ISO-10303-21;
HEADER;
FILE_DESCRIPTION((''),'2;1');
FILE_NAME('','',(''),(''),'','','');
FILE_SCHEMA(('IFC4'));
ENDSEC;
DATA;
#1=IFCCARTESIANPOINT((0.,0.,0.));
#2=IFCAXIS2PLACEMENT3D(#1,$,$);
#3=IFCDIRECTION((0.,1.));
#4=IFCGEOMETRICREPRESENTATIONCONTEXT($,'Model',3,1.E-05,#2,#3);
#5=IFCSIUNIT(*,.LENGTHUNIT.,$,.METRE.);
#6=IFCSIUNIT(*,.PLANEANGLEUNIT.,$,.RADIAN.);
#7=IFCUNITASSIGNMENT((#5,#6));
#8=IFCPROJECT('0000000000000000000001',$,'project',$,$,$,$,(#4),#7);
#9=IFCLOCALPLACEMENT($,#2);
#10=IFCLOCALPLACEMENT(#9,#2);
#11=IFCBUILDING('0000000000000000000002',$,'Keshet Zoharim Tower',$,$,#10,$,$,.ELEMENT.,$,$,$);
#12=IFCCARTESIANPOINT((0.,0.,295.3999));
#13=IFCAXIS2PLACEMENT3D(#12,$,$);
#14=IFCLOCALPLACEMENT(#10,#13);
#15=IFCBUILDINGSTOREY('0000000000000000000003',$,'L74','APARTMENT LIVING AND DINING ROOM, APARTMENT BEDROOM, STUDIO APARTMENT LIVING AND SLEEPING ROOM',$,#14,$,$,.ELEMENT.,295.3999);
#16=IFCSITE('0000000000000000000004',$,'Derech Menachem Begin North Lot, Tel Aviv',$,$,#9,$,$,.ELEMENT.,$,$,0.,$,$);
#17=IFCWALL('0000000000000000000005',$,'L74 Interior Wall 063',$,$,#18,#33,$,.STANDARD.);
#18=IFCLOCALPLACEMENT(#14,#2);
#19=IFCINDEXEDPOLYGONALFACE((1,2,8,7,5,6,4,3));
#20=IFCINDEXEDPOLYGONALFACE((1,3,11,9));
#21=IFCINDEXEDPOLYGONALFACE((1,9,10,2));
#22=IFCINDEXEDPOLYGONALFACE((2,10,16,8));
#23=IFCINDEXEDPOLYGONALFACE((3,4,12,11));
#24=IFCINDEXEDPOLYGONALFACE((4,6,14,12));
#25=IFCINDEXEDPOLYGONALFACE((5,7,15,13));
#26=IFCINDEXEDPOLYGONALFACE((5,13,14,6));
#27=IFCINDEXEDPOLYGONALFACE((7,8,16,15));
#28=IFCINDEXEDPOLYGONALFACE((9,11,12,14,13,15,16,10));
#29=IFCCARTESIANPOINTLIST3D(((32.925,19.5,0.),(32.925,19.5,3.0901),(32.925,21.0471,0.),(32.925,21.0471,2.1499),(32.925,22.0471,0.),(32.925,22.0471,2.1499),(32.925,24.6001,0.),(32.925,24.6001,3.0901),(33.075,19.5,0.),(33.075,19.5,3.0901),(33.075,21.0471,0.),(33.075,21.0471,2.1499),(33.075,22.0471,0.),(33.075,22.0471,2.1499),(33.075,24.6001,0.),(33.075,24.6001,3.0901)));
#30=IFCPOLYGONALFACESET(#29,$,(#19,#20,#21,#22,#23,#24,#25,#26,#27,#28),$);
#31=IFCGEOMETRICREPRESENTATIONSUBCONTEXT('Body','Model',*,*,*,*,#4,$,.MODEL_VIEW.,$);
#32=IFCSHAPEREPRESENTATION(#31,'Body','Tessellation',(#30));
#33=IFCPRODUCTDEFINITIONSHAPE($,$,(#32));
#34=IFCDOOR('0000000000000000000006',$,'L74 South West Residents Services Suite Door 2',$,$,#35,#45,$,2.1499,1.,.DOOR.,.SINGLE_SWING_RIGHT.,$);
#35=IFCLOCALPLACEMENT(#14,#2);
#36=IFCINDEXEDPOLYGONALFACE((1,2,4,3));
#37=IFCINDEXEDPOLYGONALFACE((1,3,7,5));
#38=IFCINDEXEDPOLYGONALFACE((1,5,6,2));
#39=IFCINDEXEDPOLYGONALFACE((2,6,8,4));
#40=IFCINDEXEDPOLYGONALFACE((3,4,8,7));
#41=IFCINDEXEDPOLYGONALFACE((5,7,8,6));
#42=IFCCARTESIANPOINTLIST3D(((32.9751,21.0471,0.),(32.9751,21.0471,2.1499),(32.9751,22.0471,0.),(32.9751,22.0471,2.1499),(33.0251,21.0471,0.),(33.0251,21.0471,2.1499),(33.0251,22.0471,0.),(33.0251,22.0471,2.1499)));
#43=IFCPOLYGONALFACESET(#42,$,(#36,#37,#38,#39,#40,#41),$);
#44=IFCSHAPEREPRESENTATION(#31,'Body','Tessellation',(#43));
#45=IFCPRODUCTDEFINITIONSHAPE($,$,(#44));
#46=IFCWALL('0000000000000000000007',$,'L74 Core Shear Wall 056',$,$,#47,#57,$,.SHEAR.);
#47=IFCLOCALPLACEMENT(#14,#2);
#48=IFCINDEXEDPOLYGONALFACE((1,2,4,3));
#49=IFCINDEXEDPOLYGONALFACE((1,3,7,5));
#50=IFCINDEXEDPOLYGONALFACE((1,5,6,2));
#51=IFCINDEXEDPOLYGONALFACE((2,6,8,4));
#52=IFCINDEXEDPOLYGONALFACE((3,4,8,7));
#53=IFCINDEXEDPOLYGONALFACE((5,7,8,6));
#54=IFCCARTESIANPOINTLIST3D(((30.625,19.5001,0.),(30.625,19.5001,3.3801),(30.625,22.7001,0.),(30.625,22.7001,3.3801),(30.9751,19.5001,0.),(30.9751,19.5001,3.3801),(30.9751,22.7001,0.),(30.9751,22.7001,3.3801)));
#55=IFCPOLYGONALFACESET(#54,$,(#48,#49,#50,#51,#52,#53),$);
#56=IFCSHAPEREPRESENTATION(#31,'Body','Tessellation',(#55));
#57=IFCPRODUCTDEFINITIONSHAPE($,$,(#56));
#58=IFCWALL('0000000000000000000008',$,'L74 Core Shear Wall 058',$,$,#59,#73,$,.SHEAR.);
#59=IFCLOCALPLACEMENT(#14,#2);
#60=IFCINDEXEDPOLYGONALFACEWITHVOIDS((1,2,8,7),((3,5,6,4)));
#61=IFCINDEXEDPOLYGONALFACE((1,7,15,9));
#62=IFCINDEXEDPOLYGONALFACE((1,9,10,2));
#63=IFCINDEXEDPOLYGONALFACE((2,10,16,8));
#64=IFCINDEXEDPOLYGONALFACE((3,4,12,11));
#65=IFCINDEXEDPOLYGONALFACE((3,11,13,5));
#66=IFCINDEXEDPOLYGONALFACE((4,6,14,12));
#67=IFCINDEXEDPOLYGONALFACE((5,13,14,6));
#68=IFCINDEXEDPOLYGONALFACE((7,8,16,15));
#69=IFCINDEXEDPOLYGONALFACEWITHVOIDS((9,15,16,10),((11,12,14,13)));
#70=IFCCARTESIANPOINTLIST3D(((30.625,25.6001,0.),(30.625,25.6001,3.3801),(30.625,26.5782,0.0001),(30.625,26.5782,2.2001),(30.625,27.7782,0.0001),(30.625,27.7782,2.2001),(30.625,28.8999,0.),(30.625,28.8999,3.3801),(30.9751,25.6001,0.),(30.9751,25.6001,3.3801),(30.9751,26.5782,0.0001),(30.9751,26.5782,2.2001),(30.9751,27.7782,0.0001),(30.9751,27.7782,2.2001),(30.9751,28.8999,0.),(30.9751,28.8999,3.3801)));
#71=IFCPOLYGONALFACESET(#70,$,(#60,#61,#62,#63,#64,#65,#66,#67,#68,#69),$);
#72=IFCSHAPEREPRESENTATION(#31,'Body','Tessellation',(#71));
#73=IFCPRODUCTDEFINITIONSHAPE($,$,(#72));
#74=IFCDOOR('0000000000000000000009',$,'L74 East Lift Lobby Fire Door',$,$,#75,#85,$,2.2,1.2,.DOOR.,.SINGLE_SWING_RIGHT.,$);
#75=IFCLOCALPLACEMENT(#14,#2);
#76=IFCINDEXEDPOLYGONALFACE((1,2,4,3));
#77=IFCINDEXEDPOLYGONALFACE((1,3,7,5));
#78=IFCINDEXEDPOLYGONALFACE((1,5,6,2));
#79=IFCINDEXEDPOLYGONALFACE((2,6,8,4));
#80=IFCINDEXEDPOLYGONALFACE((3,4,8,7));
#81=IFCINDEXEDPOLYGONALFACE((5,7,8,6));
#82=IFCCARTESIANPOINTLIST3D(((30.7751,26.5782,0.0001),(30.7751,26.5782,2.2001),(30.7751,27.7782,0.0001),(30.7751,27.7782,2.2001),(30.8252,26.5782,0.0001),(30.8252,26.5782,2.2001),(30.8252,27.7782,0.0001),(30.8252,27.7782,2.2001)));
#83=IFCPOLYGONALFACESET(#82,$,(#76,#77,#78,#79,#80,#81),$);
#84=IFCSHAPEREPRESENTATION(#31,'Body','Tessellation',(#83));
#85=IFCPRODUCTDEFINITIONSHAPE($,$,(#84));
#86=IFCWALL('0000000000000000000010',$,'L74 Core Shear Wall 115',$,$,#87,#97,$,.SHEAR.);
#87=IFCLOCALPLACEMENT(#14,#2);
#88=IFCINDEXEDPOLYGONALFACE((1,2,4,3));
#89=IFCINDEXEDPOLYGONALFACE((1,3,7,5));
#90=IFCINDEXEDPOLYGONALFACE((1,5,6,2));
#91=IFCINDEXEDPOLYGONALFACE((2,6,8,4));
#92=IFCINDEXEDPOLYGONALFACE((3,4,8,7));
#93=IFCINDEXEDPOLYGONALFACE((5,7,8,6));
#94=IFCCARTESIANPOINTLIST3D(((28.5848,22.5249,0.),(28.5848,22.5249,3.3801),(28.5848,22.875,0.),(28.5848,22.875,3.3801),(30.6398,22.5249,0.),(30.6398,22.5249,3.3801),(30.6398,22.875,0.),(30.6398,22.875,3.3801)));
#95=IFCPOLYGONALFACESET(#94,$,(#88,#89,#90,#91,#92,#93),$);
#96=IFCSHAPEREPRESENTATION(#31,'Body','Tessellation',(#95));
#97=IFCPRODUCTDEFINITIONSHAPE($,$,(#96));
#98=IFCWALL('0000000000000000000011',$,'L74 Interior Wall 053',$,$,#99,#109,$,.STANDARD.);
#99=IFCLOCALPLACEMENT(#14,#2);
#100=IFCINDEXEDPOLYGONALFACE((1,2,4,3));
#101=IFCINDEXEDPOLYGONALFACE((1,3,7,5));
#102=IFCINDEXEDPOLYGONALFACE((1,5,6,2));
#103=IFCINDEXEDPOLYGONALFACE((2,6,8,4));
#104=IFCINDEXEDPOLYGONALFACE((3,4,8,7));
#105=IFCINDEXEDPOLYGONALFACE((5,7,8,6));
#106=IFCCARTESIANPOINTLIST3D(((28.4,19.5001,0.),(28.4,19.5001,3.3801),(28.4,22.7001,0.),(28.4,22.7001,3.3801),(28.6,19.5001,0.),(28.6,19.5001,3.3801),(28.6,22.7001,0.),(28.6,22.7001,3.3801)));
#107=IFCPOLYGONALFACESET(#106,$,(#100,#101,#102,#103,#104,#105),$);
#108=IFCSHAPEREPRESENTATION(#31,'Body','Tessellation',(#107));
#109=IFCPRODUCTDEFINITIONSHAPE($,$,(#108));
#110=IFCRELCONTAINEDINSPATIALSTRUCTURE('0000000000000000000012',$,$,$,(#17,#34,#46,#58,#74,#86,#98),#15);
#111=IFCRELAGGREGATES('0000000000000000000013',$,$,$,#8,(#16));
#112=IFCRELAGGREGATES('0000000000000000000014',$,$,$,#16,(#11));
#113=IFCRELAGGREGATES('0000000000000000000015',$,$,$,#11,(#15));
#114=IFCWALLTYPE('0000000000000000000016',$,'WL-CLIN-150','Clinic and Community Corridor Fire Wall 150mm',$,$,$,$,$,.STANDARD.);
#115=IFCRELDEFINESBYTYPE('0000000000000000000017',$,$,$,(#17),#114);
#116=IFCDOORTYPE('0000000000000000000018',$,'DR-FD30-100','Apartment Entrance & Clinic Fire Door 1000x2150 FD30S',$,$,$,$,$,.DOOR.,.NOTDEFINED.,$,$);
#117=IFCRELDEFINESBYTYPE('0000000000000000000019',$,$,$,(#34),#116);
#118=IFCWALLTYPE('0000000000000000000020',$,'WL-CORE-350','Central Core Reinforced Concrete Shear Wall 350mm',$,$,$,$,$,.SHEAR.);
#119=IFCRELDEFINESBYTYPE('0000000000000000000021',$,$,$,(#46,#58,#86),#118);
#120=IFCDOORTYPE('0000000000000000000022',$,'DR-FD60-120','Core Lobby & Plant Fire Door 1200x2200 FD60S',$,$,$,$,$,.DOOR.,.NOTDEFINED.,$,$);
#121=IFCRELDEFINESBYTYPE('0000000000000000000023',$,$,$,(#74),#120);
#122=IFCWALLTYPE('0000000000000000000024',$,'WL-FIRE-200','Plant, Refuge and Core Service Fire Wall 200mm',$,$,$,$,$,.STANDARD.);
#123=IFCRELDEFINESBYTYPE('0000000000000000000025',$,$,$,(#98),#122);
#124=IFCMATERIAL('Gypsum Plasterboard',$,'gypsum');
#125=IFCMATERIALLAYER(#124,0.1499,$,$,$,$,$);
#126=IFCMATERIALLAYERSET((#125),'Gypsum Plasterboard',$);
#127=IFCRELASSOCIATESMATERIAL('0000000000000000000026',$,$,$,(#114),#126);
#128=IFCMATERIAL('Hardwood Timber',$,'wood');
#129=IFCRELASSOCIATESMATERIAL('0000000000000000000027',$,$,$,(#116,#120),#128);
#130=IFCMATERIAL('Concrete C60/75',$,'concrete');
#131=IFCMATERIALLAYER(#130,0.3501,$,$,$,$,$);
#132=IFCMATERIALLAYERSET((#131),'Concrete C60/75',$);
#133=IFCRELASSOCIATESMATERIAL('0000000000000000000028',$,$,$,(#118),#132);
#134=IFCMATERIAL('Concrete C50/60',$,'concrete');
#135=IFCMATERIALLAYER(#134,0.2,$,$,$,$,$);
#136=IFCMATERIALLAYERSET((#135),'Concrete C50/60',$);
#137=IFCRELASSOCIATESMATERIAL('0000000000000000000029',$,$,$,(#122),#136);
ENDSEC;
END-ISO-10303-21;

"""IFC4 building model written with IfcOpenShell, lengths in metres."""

from ifc_helpers import new_model, si_unit, direction, frame, frame_2d, origin, place, context, subcontext, project, spatial, rectangle, extrude, material, layer, layer_set, type_object, element, fill, save


model = new_model("IFC4")

# Units and contexts
model_context = context("Model", 3, precision=1e-05, world=origin(), true_north=direction((0.0, 1.0)))
body_context = subcontext(model_context, "Body", "Model", "MODEL_VIEW")
ifc_project = project(units=[si_unit("LENGTHUNIT", "METRE"), si_unit("PLANEANGLEUNIT", "RADIAN")], contexts=[model_context])

# Site, building, storey
site_placement = place(None, origin())
site = spatial("IfcSite", under=ifc_project, at=site_placement, Name="Derech Menachem Begin North Lot, Tel Aviv", CompositionType="ELEMENT", RefElevation=0.0)
building_placement = place(site_placement, origin())
building = spatial("IfcBuilding", under=site, at=building_placement, Name="Keshet Zoharim Tower", CompositionType="ELEMENT")
storey_placement = place(building_placement, frame((0.0, 0.0, 295.3999)))
storey = spatial("IfcBuildingStorey", under=building, at=storey_placement, Name="L74", Description="APARTMENT LIVING AND DINING ROOM, APARTMENT BEDROOM, STUDIO APARTMENT LIVING AND SLEEPING ROOM", CompositionType="ELEMENT", Elevation=295.3999)

# Shared definitions
ifc_material_1 = material(Name="Concrete C50/60", Category="concrete")

# Shared definitions
ifc_material_2 = material(Name="Gypsum Plasterboard", Category="gypsum")
ifc_layer_1 = layer(ifc_material_2, 0.1499)
ifc_layer_set_1 = layer_set([ifc_layer_1], Name="Gypsum Plasterboard")
wall_type_1 = type_object("IfcWallType", Name="WL-CLIN-150", Description="Clinic and Community Corridor Fire Wall 150mm", PredefinedType="STANDARD", material=ifc_layer_set_1)

# Wall, opening, door
wall_1_placement = place(storey_placement, frame((33.0, 19.5, 0.0), z_axis=(0.0, 0.0, 1.0), x_axis=(0.0, 1.0, 0.0)))
wall_1 = element("IfcWall", 1, at=wall_1_placement, inside=storey, type_object=wall_type_1, Name="L74 Interior Wall 063", PredefinedType="STANDARD", context=body_context, shape_type="SweptSolid", body=[
    extrude(rectangle(XDim=5.1001, YDim=0.1499, at=frame_2d((2.55, 0.0))), origin(), (0.0, 0.0, 1.0), 3.0901),
])
opening_1_placement = place(wall_1_placement, frame((1.5471, 0.0, 0.0)))
opening_1 = element("IfcOpeningElement", 2, at=opening_1_placement, cuts=wall_1, PredefinedType="OPENING", context=body_context, shape_type="SweptSolid", body=[
    extrude(rectangle(XDim=1.0, YDim=2.1499, at=frame_2d((0.5, 1.075))), frame((0.0, 0.085, 0.0), z_axis=(0.0, -1.0, 0.0), x_axis=(1.0, 0.0, 0.0)), (0.0, 0.0, 1.0), 0.1699),
])
ifc_material_3 = material(Name="Hardwood Timber", Category="wood")
door_type_1 = type_object("IfcDoorType", Name="DR-FD30-100", Description="Apartment Entrance & Clinic Fire Door 1000x2150 FD30S", OperationType="NOTDEFINED", PredefinedType="DOOR", material=ifc_material_3)
door_1_placement = place(opening_1_placement, origin())
door_1 = element("IfcDoor", 3, at=door_1_placement, inside=storey, type_object=door_type_1, Name="L74 South West Residents Services Suite Door 2", OperationType="SINGLE_SWING_RIGHT", OverallHeight=2.1499, OverallWidth=1.0, PredefinedType="DOOR", context=body_context, shape_type="SweptSolid", body=[
    extrude(rectangle(XDim=1.0, YDim=2.1499, at=frame_2d((0.5, 1.075))), frame((0.0, 0.0249, 0.0), z_axis=(0.0, -1.0, 0.0), x_axis=(1.0, 0.0, 0.0)), (0.0, 0.0, 1.0), 0.05),
])
fill(opening_1, door_1)

# Wall
ifc_material_4 = material(Name="Concrete C60/75", Category="concrete")
ifc_layer_2 = layer(ifc_material_4, 0.3501)
ifc_layer_set_2 = layer_set([ifc_layer_2], Name="Concrete C60/75")
wall_type_2 = type_object("IfcWallType", Name="WL-CORE-350", Description="Central Core Reinforced Concrete Shear Wall 350mm", PredefinedType="SHEAR", material=ifc_layer_set_2)
wall_2_placement = place(storey_placement, frame((30.8, 19.5, 0.0), z_axis=(0.0, 0.0, 1.0), x_axis=(0.0, 1.0, 0.0)))
element("IfcWall", 4, at=wall_2_placement, inside=storey, type_object=wall_type_2, Name="L74 Core Shear Wall 056", PredefinedType="SHEAR", context=body_context, shape_type="SweptSolid", body=[
    extrude(rectangle(XDim=3.2, YDim=0.3501, at=frame_2d((1.6001, 0.0))), origin(), (0.0, 0.0, 1.0), 3.3801),
])

# Wall, opening, door
wall_3_placement = place(storey_placement, frame((30.8, 25.6001, 0.0), z_axis=(0.0, 0.0, 1.0), x_axis=(0.0, 1.0, 0.0)))
wall_3 = element("IfcWall", 5, at=wall_3_placement, inside=storey, type_object=wall_type_2, Name="L74 Core Shear Wall 058", PredefinedType="SHEAR", context=body_context, shape_type="SweptSolid", body=[
    extrude(rectangle(XDim=3.2998, YDim=0.3501, at=frame_2d((1.6499, 0.0))), origin(), (0.0, 0.0, 1.0), 3.3801),
])
opening_2_placement = place(wall_3_placement, frame((0.978, 0.0, 0.0)))
opening_2 = element("IfcOpeningElement", 6, at=opening_2_placement, cuts=wall_3, PredefinedType="OPENING", context=body_context, shape_type="SweptSolid", body=[
    extrude(rectangle(XDim=1.2, YDim=2.2, at=frame_2d((0.6001, 1.1001))), frame((0.0, 0.1851, 0.0), z_axis=(0.0, -1.0, 0.0), x_axis=(1.0, 0.0, 0.0)), (0.0, 0.0, 1.0), 0.3701),
])
door_type_2 = type_object("IfcDoorType", Name="DR-FD60-120", Description="Core Lobby & Plant Fire Door 1200x2200 FD60S", OperationType="NOTDEFINED", PredefinedType="DOOR", material=ifc_material_3)
door_2_placement = place(opening_2_placement, origin())
door_2 = element("IfcDoor", 7, at=door_2_placement, inside=storey, type_object=door_type_2, Name="L74 East Lift Lobby Fire Door", OperationType="SINGLE_SWING_RIGHT", OverallHeight=2.2, OverallWidth=1.2, PredefinedType="DOOR", context=body_context, shape_type="SweptSolid", body=[
    extrude(rectangle(XDim=1.2, YDim=2.2, at=frame_2d((0.6001, 1.1001))), frame((0.0, 0.0249, 0.0), z_axis=(0.0, -1.0, 0.0), x_axis=(1.0, 0.0, 0.0)), (0.0, 0.0, 1.0), 0.05),
])
fill(opening_2, door_2)

# Wall
wall_4_placement = place(storey_placement, frame((28.585, 22.7, 0.0), z_axis=(0.0, 0.0, 1.0), x_axis=(1.0, 0.0, 0.0)))
element("IfcWall", 8, at=wall_4_placement, inside=storey, type_object=wall_type_2, Name="L74 Core Shear Wall 115", PredefinedType="SHEAR", context=body_context, shape_type="SweptSolid", body=[
    extrude(rectangle(XDim=2.0549, YDim=0.3501, at=frame_2d((1.0273, 0.0))), origin(), (0.0, 0.0, 1.0), 3.3801),
])

# Wall
ifc_layer_3 = layer(ifc_material_1, 0.2)
ifc_layer_set_3 = layer_set([ifc_layer_3], Name="Concrete C50/60")
wall_type_3 = type_object("IfcWallType", Name="WL-FIRE-200", Description="Plant, Refuge and Core Service Fire Wall 200mm", PredefinedType="STANDARD", material=ifc_layer_set_3)
wall_5_placement = place(storey_placement, frame((28.5, 19.5, 0.0), z_axis=(0.0, 0.0, 1.0), x_axis=(0.0, 1.0, 0.0)))
element("IfcWall", 9, at=wall_5_placement, inside=storey, type_object=wall_type_3, Name="L74 Interior Wall 053", PredefinedType="STANDARD", context=body_context, shape_type="SweptSolid", body=[
    extrude(rectangle(XDim=3.2, YDim=0.2, at=frame_2d((1.6001, 0.0))), origin(), (0.0, 0.0, 1.0), 3.3801),
])

save(model, "model.ifc")
